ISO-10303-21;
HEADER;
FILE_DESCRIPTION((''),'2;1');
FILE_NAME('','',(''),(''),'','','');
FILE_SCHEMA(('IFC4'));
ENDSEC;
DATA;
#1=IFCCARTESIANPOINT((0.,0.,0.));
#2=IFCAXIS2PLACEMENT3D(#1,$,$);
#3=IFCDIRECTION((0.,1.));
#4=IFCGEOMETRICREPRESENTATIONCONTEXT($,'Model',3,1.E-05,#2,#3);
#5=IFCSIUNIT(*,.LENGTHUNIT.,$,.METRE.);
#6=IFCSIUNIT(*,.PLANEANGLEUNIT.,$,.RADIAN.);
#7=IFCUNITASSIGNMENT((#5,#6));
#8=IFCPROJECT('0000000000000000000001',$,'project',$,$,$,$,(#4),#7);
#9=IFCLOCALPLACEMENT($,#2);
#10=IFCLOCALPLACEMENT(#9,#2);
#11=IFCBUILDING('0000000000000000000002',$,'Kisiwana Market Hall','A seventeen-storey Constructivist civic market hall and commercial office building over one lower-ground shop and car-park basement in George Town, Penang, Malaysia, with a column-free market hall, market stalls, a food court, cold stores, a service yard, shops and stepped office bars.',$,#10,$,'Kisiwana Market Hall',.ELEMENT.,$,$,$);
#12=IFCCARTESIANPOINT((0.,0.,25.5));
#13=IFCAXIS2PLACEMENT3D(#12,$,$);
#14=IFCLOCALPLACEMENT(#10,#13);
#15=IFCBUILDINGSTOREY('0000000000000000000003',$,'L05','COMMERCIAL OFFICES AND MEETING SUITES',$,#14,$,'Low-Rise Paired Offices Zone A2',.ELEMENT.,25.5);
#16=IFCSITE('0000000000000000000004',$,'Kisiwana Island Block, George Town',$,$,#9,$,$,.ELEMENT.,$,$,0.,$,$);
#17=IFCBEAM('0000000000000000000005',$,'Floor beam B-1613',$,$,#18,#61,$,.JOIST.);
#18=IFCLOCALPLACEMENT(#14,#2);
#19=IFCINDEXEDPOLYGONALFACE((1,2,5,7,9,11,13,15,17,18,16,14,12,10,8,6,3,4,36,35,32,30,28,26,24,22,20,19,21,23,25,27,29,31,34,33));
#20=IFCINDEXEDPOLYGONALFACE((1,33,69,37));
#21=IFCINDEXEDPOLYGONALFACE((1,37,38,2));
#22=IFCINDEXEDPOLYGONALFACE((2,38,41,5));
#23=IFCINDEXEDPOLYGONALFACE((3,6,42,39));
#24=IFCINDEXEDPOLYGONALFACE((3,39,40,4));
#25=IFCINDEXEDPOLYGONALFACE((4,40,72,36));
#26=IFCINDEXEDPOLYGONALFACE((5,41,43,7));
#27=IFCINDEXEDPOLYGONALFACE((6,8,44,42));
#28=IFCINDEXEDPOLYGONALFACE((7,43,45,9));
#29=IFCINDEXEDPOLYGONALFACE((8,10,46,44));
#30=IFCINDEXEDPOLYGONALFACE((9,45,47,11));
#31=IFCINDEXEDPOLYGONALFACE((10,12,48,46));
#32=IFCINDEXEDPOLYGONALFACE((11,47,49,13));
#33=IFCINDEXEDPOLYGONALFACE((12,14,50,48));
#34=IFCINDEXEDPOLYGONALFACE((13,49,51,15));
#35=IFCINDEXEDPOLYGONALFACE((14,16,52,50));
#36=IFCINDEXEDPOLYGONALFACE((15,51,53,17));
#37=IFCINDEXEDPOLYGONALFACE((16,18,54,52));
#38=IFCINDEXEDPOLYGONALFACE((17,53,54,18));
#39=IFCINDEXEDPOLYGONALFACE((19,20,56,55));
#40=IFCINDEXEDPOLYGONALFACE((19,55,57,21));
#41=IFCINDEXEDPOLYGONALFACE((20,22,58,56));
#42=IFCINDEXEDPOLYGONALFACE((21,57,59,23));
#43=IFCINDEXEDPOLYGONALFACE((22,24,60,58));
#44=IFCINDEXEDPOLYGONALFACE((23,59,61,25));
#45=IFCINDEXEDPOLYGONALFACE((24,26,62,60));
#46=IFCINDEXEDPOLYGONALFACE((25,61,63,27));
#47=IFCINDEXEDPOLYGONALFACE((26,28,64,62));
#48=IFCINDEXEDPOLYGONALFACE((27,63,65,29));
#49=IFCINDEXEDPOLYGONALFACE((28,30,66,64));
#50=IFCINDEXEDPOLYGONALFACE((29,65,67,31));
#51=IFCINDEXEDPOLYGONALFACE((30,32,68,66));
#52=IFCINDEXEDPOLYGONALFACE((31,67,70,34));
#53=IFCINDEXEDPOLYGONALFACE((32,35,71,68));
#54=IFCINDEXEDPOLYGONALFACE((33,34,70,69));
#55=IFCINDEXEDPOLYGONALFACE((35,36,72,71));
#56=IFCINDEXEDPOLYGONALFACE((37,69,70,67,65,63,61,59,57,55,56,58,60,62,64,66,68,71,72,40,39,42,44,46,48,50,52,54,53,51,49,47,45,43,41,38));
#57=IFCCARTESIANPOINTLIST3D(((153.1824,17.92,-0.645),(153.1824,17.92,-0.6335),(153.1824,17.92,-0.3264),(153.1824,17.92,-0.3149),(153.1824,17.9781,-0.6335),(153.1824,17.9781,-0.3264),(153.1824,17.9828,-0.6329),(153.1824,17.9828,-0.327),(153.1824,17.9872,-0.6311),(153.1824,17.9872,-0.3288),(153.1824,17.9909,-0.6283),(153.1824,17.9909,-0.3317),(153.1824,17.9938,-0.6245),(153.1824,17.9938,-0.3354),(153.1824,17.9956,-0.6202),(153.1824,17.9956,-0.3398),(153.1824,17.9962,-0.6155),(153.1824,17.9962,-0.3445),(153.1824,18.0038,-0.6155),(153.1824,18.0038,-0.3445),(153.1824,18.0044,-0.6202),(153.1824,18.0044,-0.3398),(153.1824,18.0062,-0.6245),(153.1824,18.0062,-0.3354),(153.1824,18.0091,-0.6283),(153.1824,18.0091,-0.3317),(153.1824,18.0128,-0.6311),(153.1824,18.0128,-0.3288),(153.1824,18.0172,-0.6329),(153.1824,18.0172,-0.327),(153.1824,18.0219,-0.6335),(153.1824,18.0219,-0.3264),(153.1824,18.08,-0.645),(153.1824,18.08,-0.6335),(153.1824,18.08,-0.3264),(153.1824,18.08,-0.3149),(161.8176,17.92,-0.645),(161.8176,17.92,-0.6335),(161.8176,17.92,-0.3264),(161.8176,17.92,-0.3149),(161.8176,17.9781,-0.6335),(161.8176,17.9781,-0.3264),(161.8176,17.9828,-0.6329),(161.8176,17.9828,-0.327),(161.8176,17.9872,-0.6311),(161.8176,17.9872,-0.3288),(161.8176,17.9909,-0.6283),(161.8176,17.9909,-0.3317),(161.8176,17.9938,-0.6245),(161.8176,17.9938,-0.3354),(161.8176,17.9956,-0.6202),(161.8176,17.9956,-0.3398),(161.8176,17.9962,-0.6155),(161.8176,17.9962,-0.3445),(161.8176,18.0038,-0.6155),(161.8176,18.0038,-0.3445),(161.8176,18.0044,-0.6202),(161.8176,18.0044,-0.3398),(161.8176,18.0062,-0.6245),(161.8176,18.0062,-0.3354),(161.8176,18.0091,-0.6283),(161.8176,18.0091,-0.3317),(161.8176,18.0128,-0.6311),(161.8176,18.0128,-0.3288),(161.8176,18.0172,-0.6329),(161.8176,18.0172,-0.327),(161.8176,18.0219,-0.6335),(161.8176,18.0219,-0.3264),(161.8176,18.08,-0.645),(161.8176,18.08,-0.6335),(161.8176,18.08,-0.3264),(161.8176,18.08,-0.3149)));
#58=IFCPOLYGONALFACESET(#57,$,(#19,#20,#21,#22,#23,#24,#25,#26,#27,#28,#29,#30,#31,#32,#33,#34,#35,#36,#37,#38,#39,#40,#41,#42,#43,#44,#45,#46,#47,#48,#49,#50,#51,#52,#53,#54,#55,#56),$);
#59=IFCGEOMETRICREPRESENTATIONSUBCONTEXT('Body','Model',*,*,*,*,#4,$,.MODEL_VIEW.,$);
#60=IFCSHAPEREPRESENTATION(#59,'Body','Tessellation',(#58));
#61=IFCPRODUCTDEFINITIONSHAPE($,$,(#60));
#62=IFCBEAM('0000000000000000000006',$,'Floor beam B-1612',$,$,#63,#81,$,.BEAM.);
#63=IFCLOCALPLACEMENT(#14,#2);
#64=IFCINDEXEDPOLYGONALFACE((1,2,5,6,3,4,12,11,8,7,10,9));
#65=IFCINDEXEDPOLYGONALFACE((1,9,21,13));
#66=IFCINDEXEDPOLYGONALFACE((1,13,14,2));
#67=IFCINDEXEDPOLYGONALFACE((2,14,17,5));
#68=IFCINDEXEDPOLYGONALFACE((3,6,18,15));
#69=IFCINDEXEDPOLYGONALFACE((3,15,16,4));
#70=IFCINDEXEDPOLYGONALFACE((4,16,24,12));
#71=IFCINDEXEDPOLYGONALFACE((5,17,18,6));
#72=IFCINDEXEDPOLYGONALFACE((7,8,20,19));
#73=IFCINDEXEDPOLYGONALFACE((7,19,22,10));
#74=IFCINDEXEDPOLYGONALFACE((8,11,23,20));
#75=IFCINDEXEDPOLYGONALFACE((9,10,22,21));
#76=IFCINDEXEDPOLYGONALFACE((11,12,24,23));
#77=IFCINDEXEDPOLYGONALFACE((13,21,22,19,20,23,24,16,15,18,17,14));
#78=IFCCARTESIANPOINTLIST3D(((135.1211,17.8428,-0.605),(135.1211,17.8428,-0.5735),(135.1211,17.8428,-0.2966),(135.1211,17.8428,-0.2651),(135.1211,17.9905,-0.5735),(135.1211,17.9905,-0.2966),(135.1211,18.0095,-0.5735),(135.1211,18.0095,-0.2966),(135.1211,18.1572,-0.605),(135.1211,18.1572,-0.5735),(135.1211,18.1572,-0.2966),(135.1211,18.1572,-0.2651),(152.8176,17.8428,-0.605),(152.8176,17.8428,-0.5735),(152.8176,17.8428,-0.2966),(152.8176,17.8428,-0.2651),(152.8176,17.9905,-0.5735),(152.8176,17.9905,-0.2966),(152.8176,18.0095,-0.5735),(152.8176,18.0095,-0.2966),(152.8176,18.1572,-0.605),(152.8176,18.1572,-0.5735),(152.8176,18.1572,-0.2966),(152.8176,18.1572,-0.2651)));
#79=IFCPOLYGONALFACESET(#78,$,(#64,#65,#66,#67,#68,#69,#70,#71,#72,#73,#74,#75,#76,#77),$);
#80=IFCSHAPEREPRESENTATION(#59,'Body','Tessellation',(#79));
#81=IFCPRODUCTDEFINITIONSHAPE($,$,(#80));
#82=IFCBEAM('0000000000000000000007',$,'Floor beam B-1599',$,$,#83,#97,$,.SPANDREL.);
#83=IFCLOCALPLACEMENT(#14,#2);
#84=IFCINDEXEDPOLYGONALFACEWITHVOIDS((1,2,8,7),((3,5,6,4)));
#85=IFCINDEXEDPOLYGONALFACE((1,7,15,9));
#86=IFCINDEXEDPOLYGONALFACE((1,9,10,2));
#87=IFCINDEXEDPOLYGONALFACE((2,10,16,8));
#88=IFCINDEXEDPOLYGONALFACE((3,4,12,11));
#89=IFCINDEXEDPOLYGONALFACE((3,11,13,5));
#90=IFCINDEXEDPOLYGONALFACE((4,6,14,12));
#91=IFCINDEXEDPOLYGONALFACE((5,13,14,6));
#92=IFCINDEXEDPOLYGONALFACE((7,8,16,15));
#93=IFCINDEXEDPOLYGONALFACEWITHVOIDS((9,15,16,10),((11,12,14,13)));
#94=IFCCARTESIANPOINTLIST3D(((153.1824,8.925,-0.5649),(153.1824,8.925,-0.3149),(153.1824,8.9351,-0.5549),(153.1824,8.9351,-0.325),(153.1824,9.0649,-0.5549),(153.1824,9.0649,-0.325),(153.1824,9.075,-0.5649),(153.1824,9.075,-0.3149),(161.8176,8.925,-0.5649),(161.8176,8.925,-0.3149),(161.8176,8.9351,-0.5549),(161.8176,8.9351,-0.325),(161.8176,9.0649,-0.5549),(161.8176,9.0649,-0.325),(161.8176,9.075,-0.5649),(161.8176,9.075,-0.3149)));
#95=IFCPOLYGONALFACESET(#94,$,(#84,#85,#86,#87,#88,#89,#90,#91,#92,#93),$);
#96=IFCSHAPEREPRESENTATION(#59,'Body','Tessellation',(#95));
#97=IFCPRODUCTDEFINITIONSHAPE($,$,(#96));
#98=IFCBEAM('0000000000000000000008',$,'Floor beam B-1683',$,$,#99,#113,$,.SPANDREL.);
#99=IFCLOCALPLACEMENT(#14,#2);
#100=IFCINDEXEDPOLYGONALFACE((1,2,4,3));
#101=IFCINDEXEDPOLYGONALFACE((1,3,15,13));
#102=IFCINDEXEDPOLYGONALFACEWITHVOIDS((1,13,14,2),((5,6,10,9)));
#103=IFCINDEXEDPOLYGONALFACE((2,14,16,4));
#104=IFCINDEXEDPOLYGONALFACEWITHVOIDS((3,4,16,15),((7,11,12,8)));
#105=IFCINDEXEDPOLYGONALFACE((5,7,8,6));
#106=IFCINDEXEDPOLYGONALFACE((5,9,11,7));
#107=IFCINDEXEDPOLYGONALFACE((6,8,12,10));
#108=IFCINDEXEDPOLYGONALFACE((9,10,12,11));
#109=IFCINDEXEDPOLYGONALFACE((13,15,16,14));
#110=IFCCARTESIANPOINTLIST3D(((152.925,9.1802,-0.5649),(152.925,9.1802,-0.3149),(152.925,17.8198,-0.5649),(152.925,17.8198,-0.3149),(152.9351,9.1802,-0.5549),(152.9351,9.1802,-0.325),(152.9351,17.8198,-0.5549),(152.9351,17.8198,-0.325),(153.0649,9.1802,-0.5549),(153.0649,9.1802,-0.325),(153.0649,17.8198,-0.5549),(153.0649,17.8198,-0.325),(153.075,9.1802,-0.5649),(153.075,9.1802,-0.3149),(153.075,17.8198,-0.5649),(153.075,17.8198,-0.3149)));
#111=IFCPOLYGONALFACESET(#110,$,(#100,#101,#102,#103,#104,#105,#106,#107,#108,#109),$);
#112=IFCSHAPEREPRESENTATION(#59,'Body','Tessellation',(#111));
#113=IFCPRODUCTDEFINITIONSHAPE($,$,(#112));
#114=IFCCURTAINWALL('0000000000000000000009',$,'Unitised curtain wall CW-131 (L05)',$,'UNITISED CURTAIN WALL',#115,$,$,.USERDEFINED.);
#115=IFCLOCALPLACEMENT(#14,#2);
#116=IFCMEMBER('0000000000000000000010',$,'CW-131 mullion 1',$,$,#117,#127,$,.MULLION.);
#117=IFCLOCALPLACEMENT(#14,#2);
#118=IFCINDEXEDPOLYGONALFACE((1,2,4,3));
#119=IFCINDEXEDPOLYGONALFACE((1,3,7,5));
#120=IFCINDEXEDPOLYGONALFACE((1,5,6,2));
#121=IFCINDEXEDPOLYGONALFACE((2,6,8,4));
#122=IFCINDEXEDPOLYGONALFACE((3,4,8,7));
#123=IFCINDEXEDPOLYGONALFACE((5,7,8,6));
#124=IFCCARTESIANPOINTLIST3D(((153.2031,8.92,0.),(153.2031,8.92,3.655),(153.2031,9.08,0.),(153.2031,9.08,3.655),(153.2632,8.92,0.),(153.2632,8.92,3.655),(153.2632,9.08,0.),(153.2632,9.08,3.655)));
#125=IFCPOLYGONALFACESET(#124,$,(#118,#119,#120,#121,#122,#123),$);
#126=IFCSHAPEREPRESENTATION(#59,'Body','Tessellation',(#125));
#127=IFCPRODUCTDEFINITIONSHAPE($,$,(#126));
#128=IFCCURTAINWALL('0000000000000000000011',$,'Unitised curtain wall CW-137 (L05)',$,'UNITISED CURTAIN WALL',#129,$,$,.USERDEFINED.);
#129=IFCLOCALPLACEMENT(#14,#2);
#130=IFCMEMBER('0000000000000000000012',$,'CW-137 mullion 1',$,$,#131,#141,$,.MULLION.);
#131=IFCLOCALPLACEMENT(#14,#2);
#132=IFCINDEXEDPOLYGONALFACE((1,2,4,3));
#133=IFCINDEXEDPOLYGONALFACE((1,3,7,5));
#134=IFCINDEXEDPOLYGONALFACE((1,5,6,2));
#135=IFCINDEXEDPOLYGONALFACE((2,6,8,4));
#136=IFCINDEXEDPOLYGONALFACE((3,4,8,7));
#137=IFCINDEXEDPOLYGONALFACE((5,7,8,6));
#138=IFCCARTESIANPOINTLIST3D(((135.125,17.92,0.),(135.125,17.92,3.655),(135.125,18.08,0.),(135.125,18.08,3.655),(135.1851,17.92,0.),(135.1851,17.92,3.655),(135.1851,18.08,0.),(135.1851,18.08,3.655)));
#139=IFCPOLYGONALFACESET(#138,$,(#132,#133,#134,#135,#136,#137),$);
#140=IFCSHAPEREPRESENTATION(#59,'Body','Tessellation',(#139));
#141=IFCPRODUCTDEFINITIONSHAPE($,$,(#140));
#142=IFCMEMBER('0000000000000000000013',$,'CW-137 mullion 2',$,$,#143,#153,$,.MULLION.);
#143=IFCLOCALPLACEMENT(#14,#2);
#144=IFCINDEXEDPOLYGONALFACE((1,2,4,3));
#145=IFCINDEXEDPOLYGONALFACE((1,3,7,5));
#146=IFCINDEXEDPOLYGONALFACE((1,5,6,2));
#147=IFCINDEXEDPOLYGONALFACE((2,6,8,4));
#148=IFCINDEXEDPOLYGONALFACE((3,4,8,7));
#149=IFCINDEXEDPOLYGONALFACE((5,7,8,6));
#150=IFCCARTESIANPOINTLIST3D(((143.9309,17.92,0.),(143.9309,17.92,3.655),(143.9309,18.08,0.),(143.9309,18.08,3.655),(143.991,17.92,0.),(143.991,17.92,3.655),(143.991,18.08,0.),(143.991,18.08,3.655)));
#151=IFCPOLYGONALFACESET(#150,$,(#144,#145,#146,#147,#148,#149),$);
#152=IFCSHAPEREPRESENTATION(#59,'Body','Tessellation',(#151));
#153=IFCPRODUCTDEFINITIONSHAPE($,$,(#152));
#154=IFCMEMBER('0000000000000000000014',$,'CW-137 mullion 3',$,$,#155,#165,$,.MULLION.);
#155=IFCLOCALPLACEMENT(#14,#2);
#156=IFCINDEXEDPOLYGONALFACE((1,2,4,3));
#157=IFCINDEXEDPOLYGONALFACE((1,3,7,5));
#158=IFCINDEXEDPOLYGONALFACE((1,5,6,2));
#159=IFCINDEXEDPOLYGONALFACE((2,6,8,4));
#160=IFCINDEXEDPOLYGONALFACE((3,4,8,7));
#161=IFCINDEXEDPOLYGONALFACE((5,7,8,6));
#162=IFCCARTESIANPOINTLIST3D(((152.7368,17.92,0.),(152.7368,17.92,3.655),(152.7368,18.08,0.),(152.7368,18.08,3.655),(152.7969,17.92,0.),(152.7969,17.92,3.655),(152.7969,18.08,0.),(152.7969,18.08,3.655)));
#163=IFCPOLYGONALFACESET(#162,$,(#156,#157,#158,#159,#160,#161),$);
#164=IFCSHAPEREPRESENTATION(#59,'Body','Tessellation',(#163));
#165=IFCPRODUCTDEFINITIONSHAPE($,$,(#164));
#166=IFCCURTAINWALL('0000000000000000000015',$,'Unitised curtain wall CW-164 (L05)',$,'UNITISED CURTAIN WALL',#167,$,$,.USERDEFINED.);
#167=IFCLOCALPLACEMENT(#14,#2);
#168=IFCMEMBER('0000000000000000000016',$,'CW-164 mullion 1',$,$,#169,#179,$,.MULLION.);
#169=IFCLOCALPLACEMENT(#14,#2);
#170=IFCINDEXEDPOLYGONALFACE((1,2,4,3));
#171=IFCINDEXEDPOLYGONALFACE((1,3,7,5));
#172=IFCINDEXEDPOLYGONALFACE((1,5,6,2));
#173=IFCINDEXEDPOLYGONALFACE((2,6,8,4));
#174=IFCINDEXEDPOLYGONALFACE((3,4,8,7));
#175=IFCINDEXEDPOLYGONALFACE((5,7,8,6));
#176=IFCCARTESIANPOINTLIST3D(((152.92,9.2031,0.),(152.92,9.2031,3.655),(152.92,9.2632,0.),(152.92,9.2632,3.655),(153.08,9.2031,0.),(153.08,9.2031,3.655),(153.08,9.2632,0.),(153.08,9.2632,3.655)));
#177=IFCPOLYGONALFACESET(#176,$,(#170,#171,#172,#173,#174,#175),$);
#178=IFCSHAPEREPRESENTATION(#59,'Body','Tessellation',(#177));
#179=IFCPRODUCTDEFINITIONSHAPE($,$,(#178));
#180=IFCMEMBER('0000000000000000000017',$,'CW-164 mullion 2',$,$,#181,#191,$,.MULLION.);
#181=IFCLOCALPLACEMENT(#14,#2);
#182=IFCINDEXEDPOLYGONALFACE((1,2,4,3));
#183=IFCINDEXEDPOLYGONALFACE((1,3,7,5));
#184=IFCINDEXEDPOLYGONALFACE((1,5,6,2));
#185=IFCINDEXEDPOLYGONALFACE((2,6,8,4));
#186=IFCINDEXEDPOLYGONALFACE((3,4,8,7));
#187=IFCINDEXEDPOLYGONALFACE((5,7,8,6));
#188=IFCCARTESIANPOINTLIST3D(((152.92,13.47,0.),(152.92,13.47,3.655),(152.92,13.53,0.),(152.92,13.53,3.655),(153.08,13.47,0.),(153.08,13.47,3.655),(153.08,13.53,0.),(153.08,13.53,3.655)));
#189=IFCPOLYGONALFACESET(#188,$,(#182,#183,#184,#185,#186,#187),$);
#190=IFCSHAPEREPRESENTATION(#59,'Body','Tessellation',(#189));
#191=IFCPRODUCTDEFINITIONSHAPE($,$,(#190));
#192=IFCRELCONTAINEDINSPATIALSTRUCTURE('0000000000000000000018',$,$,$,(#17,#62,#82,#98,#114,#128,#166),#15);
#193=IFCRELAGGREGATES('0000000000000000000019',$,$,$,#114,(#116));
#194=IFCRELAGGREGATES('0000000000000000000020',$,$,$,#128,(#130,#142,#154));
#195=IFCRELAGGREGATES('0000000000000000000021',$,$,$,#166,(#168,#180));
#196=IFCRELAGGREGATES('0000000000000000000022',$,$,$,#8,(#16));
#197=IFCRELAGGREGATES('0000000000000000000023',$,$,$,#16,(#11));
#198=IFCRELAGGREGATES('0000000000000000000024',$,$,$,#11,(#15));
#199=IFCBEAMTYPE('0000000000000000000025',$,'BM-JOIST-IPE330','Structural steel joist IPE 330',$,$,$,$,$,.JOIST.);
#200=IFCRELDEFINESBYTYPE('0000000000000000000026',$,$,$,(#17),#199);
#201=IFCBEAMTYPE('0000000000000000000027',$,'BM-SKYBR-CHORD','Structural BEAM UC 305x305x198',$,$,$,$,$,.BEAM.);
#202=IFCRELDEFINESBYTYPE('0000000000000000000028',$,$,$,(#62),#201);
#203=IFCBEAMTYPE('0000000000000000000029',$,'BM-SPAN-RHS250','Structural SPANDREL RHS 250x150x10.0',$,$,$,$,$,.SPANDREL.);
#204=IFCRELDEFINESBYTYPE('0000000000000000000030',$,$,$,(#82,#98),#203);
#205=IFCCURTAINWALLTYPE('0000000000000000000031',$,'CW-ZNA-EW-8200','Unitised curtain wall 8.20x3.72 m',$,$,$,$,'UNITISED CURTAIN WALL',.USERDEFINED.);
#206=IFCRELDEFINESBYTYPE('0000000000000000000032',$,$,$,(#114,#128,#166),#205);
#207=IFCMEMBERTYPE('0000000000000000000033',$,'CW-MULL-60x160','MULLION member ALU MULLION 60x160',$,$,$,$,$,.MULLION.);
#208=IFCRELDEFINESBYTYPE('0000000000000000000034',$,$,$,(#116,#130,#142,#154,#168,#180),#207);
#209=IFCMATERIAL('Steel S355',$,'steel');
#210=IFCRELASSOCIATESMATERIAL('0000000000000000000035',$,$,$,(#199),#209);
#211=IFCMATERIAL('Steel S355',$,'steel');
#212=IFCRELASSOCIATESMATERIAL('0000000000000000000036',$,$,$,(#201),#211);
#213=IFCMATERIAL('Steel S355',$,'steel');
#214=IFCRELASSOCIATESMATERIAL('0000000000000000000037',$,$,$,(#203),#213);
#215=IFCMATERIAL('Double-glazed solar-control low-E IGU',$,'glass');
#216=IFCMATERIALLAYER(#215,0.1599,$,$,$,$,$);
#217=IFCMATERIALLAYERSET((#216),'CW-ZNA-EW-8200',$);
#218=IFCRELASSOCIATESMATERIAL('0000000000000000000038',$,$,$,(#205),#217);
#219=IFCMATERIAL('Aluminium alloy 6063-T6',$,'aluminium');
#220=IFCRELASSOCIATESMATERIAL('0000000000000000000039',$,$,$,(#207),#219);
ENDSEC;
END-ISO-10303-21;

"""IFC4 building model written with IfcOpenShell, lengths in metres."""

from ifc_helpers import new_model, si_unit, direction, frame, origin, origin_2d, place, context, subcontext, project, spatial, rectangle, hollow_rectangle, i_section, extrude, material, layer, layer_set, material_profile, profile_set, type_object, element, aggregate, save


model = new_model("IFC4")

# Units and contexts
model_context = context("Model", 3, precision=1e-05, world=origin(), true_north=direction((0.0, 1.0)))
body_context = subcontext(model_context, "Body", "Model", "MODEL_VIEW")
ifc_project = project(units=[si_unit("LENGTHUNIT", "METRE"), si_unit("PLANEANGLEUNIT", "RADIAN")], contexts=[model_context])

# Site, building, storey
site_placement = place(None, origin())
site = spatial("IfcSite", under=ifc_project, at=site_placement, Name="Kisiwana Island Block, George Town", CompositionType="ELEMENT", RefElevation=0.0)
building_placement = place(site_placement, origin())
building = spatial("IfcBuilding", under=site, at=building_placement, Name="Kisiwana Market Hall", Description="A seventeen-storey Constructivist civic market hall and commercial office building over one lower-ground shop and car-park basement in George Town, Penang, Malaysia, with a column-free market hall, market stalls, a food court, cold stores, a service yard, shops and stepped office bars.", LongName="Kisiwana Market Hall", CompositionType="ELEMENT")
storey_placement = place(building_placement, frame((0.0, 0.0, 25.5)))
storey = spatial("IfcBuildingStorey", under=building, at=storey_placement, Name="L05", Description="COMMERCIAL OFFICES AND MEETING SUITES", LongName="Low-Rise Paired Offices Zone A2", CompositionType="ELEMENT", Elevation=25.5)

# Beams
ifc_material_1 = material(Name="Steel S355", Category="steel")
ifc_material_profile_1 = material_profile(ifc_material_1, i_section(OverallWidth=0.1599, OverallDepth=0.3301, WebThickness=0.0076, FlangeThickness=0.0115, FilletRadius=0.0181, at=origin_2d()), Name="IPE 330")
ifc_profile_set_1 = profile_set([ifc_material_profile_1], Name="Steel S355")
beam_type_1 = type_object("IfcBeamType", Name="BM-JOIST-IPE330", Description="Structural steel joist IPE 330", PredefinedType="JOIST", material=ifc_profile_set_1)
beam_1_placement = place(storey_placement, frame((153.1824, 18.0, -0.48), z_axis=(1.0, 0.0, 0.0), x_axis=(0.0, 1.0, 0.0)))
element("IfcBeam", 1, at=beam_1_placement, inside=storey, type_object=beam_type_1, Name="Floor beam B-1613", PredefinedType="JOIST", context=body_context, shape_type="SweptSolid", body=[
    extrude(i_section(OverallWidth=0.1599, OverallDepth=0.3301, WebThickness=0.0076, FlangeThickness=0.0115, FilletRadius=0.0181, at=origin_2d()), origin(), (0.0, 0.0, 1.0), 8.6353),
])
ifc_material_2 = material(Name="Steel S355", Category="steel")
ifc_material_profile_2 = material_profile(ifc_material_2, i_section(OverallWidth=0.3145, OverallDepth=0.3398, WebThickness=0.019, FlangeThickness=0.0315, at=origin_2d()), Name="UC 305x305x198")
ifc_profile_set_2 = profile_set([ifc_material_profile_2], Name="Steel S355")
beam_type_2 = type_object("IfcBeamType", Name="BM-SKYBR-CHORD", Description="Structural BEAM UC 305x305x198", PredefinedType="BEAM", material=ifc_profile_set_2)
beam_2_placement = place(storey_placement, frame((135.1211, 18.0, -0.4351), z_axis=(1.0, 0.0, 0.0), x_axis=(0.0, 1.0, 0.0)))
element("IfcBeam", 2, at=beam_2_placement, inside=storey, type_object=beam_type_2, Name="Floor beam B-1612", PredefinedType="BEAM", context=body_context, shape_type="SweptSolid", body=[
    extrude(i_section(OverallWidth=0.3145, OverallDepth=0.3398, WebThickness=0.019, FlangeThickness=0.0315, at=origin_2d()), origin(), (0.0, 0.0, 1.0), 17.6965),
])
ifc_material_3 = material(Name="Steel S355", Category="steel")
ifc_material_profile_3 = material_profile(ifc_material_3, hollow_rectangle(XDim=0.1499, YDim=0.25, WallThickness=0.01, at=origin_2d()), Name="RHS 250x150x10.0")
ifc_profile_set_3 = profile_set([ifc_material_profile_3], Name="Steel S355")
beam_type_3 = type_object("IfcBeamType", Name="BM-SPAN-RHS250", Description="Structural SPANDREL RHS 250x150x10.0", PredefinedType="SPANDREL", material=ifc_profile_set_3)
beam_3_placement = place(storey_placement, frame((153.1824, 9.0, -0.4399), z_axis=(1.0, 0.0, 0.0), x_axis=(0.0, 1.0, 0.0)))
element("IfcBeam", 3, at=beam_3_placement, inside=storey, type_object=beam_type_3, Name="Floor beam B-1599", PredefinedType="SPANDREL", context=body_context, shape_type="SweptSolid", body=[
    extrude(hollow_rectangle(XDim=0.1499, YDim=0.25, WallThickness=0.01, at=origin_2d()), origin(), (0.0, 0.0, 1.0), 8.6353),
])
beam_4_placement = place(storey_placement, frame((153.0, 9.1802, -0.4399), z_axis=(0.0, 1.0, 0.0), x_axis=(-1.0, 0.0, 0.0)))
element("IfcBeam", 4, at=beam_4_placement, inside=storey, type_object=beam_type_3, Name="Floor beam B-1683", PredefinedType="SPANDREL", context=body_context, shape_type="SweptSolid", body=[
    extrude(hollow_rectangle(XDim=0.1499, YDim=0.25, WallThickness=0.01, at=origin_2d()), origin(), (0.0, 0.0, 1.0), 8.6396),
])

# Curtain wall, member
ifc_material_4 = material(Name="Double-glazed solar-control low-E IGU", Category="glass")
ifc_layer_1 = layer(ifc_material_4, 0.1599)
ifc_layer_set_1 = layer_set([ifc_layer_1], Name="CW-ZNA-EW-8200")
curtain_wall_type = type_object("IfcCurtainWallType", Name="CW-ZNA-EW-8200", Description="Unitised curtain wall 8.20x3.72 m", ElementType="UNITISED CURTAIN WALL", PredefinedType="USERDEFINED", material=ifc_layer_set_1)
curtain_wall_1_placement = place(storey_placement, origin())
curtain_wall_1 = element("IfcCurtainWall", 5, at=curtain_wall_1_placement, inside=storey, type_object=curtain_wall_type, Name="Unitised curtain wall CW-131 (L05)", ObjectType="UNITISED CURTAIN WALL", PredefinedType="USERDEFINED")
ifc_material_5 = material(Name="Aluminium alloy 6063-T6", Category="aluminium")
ifc_material_profile_4 = material_profile(ifc_material_5, rectangle(XDim=0.0601, YDim=0.1599, at=origin_2d()), Name="ALU MULLION 60x160")
ifc_profile_set_4 = profile_set([ifc_material_profile_4], Name="Aluminium alloy 6063-T6")
member_type_1 = type_object("IfcMemberType", Name="CW-MULL-60x160", Description="MULLION member ALU MULLION 60x160", PredefinedType="MULLION", material=ifc_profile_set_4)
member_1_placement = place(storey_placement, frame((153.2332, 9.0, 0.0), z_axis=(0.0, 0.0, 1.0), x_axis=(1.0, 0.0, 0.0)))
member_1 = element("IfcMember", 6, at=member_1_placement, type_object=member_type_1, Name="CW-131 mullion 1", PredefinedType="MULLION", context=body_context, shape_type="SweptSolid", body=[
    extrude(rectangle(XDim=0.0601, YDim=0.1599, at=origin_2d()), origin(), (0.0, 0.0, 1.0), 3.655),
])
aggregate(curtain_wall_1, [member_1])

# Curtain walls, members
curtain_wall_2_placement = place(storey_placement, origin())
curtain_wall_2 = element("IfcCurtainWall", 7, at=curtain_wall_2_placement, inside=storey, type_object=curtain_wall_type, Name="Unitised curtain wall CW-137 (L05)", ObjectType="UNITISED CURTAIN WALL", PredefinedType="USERDEFINED")
member_2_placement = place(storey_placement, frame((135.155, 18.0, 0.0), z_axis=(0.0, 0.0, 1.0), x_axis=(1.0, 0.0, 0.0)))
member_2 = element("IfcMember", 8, at=member_2_placement, type_object=member_type_1, Name="CW-137 mullion 1", PredefinedType="MULLION", context=body_context, shape_type="SweptSolid", body=[
    extrude(rectangle(XDim=0.0601, YDim=0.1599, at=origin_2d()), origin(), (0.0, 0.0, 1.0), 3.655),
])
member_3_placement = place(storey_placement, frame((143.9609, 18.0, 0.0), z_axis=(0.0, 0.0, 1.0), x_axis=(1.0, 0.0, 0.0)))
member_3 = element("IfcMember", 9, at=member_3_placement, type_object=member_type_1, Name="CW-137 mullion 2", PredefinedType="MULLION", context=body_context, shape_type="SweptSolid", body=[
    extrude(rectangle(XDim=0.0601, YDim=0.1599, at=origin_2d()), origin(), (0.0, 0.0, 1.0), 3.655),
])
member_4_placement = place(storey_placement, frame((152.7668, 18.0, 0.0), z_axis=(0.0, 0.0, 1.0), x_axis=(1.0, 0.0, 0.0)))
member_4 = element("IfcMember", 10, at=member_4_placement, type_object=member_type_1, Name="CW-137 mullion 3", PredefinedType="MULLION", context=body_context, shape_type="SweptSolid", body=[
    extrude(rectangle(XDim=0.0601, YDim=0.1599, at=origin_2d()), origin(), (0.0, 0.0, 1.0), 3.655),
])
curtain_wall_3_placement = place(storey_placement, origin())
curtain_wall_3 = element("IfcCurtainWall", 11, at=curtain_wall_3_placement, inside=storey, type_object=curtain_wall_type, Name="Unitised curtain wall CW-164 (L05)", ObjectType="UNITISED CURTAIN WALL", PredefinedType="USERDEFINED")
member_5_placement = place(storey_placement, frame((153.0, 9.2332, 0.0), z_axis=(0.0, 0.0, 1.0), x_axis=(0.0, 1.0, 0.0)))
member_5 = element("IfcMember", 12, at=member_5_placement, type_object=member_type_1, Name="CW-164 mullion 1", PredefinedType="MULLION", context=body_context, shape_type="SweptSolid", body=[
    extrude(rectangle(XDim=0.0601, YDim=0.1599, at=origin_2d()), origin(), (0.0, 0.0, 1.0), 3.655),
])
member_6_placement = place(storey_placement, frame((153.0, 13.5, 0.0), z_axis=(0.0, 0.0, 1.0), x_axis=(0.0, 1.0, 0.0)))
member_6 = element("IfcMember", 13, at=member_6_placement, type_object=member_type_1, Name="CW-164 mullion 2", PredefinedType="MULLION", context=body_context, shape_type="SweptSolid", body=[
    extrude(rectangle(XDim=0.0601, YDim=0.1599, at=origin_2d()), origin(), (0.0, 0.0, 1.0), 3.655),
])

aggregate(curtain_wall_2, [member_2, member_3, member_4])
aggregate(curtain_wall_3, [member_5, member_6])

save(model, "model.ifc")
